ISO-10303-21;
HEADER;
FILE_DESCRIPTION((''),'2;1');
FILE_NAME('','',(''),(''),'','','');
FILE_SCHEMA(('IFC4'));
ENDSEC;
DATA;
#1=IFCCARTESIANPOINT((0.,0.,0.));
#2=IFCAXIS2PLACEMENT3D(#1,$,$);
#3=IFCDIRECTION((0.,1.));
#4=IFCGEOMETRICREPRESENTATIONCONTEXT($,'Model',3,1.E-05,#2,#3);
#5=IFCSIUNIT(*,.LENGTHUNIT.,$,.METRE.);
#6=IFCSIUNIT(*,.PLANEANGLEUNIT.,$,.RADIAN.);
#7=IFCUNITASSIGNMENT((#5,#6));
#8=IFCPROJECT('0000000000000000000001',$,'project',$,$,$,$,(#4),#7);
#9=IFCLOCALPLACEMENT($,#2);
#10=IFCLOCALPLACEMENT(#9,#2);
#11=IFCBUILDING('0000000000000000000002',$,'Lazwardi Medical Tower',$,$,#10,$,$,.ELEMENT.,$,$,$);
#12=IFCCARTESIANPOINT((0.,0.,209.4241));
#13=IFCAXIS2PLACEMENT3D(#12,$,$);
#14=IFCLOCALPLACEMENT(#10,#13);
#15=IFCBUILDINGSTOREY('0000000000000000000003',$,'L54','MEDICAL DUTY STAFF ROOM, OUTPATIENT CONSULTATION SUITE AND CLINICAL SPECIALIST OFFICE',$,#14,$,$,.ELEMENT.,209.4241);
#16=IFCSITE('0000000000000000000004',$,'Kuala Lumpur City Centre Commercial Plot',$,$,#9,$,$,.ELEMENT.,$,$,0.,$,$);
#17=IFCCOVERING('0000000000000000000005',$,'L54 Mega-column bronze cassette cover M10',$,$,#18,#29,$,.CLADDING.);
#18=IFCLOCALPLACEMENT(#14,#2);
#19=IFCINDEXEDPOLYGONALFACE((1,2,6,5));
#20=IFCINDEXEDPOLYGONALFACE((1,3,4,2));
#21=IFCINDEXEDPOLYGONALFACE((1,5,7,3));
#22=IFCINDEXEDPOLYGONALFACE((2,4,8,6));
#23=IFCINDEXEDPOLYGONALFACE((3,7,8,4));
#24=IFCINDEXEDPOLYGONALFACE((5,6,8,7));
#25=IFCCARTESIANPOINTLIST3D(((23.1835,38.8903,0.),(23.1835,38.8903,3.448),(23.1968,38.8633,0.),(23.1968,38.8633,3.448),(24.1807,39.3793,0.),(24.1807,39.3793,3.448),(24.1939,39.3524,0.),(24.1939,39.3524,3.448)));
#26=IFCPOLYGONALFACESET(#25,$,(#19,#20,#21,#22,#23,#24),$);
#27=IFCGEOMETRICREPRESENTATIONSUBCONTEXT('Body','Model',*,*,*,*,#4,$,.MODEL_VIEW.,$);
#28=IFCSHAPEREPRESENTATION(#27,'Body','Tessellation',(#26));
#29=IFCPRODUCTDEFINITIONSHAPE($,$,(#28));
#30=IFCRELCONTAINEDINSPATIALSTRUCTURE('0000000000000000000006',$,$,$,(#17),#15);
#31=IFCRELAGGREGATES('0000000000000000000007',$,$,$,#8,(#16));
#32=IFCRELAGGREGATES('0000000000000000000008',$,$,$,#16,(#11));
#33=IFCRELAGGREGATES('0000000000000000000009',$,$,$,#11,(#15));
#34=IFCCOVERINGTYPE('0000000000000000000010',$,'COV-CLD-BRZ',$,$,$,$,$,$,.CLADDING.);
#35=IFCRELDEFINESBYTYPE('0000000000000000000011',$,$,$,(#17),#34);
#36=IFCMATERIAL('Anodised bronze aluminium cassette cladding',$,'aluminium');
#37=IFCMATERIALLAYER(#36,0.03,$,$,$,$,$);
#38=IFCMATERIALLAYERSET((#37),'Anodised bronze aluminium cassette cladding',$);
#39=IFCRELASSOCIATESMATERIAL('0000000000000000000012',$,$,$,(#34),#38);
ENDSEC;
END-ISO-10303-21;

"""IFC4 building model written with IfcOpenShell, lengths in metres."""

from ifc_helpers import new_model, si_unit, direction, frame, origin, origin_2d, place, context, subcontext, project, spatial, rectangle, extrude, material, layer, layer_set, type_object, element, save


model = new_model("IFC4")

# Units and contexts
model_context = context("Model", 3, precision=1e-05, world=origin(), true_north=direction((0.0, 1.0)))
body_context = subcontext(model_context, "Body", "Model", "MODEL_VIEW")
ifc_project = project(units=[si_unit("LENGTHUNIT", "METRE"), si_unit("PLANEANGLEUNIT", "RADIAN")], contexts=[model_context])

# Site, building, storey
site_placement = place(None, origin())
site = spatial("IfcSite", under=ifc_project, at=site_placement, Name="Kuala Lumpur City Centre Commercial Plot", CompositionType="ELEMENT", RefElevation=0.0)
building_placement = place(site_placement, origin())
building = spatial("IfcBuilding", under=site, at=building_placement, Name="Lazwardi Medical Tower", CompositionType="ELEMENT")
storey_placement = place(building_placement, frame((0.0, 0.0, 209.4241)))
storey = spatial("IfcBuildingStorey", under=building, at=storey_placement, Name="L54", Description="MEDICAL DUTY STAFF ROOM, OUTPATIENT CONSULTATION SUITE AND CLINICAL SPECIALIST OFFICE", CompositionType="ELEMENT", Elevation=209.4241)

# Covering
ifc_material_1 = material(Name="Anodised bronze aluminium cassette cladding", Category="aluminium")
ifc_layer_1 = layer(ifc_material_1, 0.03)
ifc_layer_set_1 = layer_set([ifc_layer_1], Name="Anodised bronze aluminium cassette cladding")
covering_type = type_object("IfcCoveringType", Name="COV-CLD-BRZ", PredefinedType="CLADDING", material=ifc_layer_set_1)
covering_placement = place(storey_placement, frame((23.6887, 39.1213, 0.0), z_axis=(0.0, 0.0, 1.0), x_axis=(-0.89784, -0.440322, 0.0)))
element("IfcCovering", 1, at=covering_placement, inside=storey, type_object=covering_type, Name="L54 Mega-column bronze cassette cover M10", PredefinedType="CLADDING", context=body_context, shape_type="SweptSolid", body=[
    extrude(rectangle(XDim=1.1106, YDim=0.03, at=origin_2d()), origin(), (0.0, 0.0, 1.0), 3.448),
])

save(model, "model.ifc")
